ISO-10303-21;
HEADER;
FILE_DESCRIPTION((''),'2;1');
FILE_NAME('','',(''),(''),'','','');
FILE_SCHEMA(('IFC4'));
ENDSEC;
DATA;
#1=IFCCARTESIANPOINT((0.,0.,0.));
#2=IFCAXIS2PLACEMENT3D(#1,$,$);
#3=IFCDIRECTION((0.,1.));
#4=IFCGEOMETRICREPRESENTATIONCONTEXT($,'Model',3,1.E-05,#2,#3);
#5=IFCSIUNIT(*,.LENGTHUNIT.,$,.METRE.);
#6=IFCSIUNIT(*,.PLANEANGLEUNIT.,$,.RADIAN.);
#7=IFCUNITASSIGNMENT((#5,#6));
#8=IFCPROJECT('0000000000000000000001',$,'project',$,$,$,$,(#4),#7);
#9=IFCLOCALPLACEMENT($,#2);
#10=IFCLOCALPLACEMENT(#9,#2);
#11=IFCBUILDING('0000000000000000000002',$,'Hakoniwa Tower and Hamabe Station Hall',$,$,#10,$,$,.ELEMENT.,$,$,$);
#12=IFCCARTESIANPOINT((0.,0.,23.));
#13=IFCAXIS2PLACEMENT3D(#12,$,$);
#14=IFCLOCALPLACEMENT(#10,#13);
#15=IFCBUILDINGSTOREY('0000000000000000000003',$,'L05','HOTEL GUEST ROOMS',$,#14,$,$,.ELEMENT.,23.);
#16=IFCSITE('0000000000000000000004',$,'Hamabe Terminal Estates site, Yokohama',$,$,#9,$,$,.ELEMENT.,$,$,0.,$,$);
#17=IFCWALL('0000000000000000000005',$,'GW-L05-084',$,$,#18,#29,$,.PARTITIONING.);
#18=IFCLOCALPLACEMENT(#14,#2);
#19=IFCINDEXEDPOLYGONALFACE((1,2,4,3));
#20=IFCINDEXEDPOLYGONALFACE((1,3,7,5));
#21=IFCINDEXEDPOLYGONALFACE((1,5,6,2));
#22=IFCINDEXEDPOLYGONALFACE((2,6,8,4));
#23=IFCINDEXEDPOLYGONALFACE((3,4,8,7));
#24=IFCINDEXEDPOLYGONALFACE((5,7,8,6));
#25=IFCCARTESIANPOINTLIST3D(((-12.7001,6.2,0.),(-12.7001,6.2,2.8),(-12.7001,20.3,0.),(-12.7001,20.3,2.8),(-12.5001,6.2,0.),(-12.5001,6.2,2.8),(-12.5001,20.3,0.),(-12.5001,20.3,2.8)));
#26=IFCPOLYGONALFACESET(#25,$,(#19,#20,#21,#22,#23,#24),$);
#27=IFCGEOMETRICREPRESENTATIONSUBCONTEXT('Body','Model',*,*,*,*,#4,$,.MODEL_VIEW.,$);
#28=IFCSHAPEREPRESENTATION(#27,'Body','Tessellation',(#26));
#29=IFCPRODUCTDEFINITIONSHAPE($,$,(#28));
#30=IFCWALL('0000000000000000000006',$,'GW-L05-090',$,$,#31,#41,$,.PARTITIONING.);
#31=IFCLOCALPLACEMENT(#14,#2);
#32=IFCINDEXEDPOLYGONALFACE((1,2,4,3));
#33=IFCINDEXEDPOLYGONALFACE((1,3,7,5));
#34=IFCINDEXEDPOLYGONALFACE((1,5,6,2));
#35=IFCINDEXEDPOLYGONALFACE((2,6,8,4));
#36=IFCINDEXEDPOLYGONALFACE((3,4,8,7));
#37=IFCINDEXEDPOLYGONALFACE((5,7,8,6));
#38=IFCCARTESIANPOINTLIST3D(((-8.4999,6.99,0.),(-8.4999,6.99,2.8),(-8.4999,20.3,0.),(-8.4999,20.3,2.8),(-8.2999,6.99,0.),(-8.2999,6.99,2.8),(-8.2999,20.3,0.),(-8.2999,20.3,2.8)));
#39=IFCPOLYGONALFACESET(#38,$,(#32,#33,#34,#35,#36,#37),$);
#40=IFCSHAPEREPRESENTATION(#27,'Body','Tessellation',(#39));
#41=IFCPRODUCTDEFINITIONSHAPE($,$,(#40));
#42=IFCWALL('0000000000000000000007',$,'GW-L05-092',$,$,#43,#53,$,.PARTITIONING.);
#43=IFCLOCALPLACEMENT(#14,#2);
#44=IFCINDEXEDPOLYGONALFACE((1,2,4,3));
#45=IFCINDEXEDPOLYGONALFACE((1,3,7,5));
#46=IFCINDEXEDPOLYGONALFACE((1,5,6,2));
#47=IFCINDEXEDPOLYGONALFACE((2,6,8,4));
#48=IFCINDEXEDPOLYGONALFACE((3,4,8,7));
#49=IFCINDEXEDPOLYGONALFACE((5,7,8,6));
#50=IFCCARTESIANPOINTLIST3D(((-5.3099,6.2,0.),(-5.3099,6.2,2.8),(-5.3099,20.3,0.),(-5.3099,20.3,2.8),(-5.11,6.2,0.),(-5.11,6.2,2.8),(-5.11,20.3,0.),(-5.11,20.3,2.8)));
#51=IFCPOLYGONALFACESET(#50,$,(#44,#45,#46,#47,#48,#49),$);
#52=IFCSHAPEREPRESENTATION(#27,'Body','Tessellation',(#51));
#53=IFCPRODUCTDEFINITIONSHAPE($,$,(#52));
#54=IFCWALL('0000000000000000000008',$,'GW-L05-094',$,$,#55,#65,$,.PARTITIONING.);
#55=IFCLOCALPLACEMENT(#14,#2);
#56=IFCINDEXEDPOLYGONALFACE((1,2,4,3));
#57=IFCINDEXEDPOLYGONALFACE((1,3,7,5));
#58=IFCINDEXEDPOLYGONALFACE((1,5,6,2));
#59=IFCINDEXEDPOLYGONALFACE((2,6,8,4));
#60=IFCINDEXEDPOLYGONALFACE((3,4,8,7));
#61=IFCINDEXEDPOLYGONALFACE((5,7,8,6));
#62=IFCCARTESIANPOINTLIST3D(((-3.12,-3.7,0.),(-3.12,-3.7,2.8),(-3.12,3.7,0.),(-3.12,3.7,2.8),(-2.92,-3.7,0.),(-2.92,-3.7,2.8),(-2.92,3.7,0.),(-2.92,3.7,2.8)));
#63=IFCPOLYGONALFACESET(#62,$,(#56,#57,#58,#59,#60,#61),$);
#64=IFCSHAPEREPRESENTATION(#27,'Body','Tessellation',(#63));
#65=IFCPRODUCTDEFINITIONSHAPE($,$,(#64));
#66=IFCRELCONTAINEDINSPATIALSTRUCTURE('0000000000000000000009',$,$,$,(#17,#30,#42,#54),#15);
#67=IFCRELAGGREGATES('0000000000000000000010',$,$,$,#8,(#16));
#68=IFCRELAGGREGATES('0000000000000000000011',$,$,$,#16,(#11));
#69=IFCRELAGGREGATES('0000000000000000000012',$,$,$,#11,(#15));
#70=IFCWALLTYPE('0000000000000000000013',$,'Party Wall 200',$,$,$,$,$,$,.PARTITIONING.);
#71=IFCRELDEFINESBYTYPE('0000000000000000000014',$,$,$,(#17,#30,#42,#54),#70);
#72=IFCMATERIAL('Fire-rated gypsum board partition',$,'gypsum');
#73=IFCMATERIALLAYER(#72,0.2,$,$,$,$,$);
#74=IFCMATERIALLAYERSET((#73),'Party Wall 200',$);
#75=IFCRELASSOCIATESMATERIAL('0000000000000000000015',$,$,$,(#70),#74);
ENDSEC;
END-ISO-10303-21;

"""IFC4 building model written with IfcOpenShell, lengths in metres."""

from ifc_helpers import new_model, si_unit, direction, frame, frame_2d, origin, place, context, subcontext, project, spatial, rectangle, extrude, material, layer, layer_set, type_object, element, save


model = new_model("IFC4")

# Units and contexts
model_context = context("Model", 3, precision=1e-05, world=origin(), true_north=direction((0.0, 1.0)))
body_context = subcontext(model_context, "Body", "Model", "MODEL_VIEW")
ifc_project = project(units=[si_unit("LENGTHUNIT", "METRE"), si_unit("PLANEANGLEUNIT", "RADIAN")], contexts=[model_context])

# Site, building, storey
site_placement = place(None, origin())
site = spatial("IfcSite", under=ifc_project, at=site_placement, Name="Hamabe Terminal Estates site, Yokohama", CompositionType="ELEMENT", RefElevation=0.0)
building_placement = place(site_placement, origin())
building = spatial("IfcBuilding", under=site, at=building_placement, Name="Hakoniwa Tower and Hamabe Station Hall", CompositionType="ELEMENT")
storey_placement = place(building_placement, frame((0.0, 0.0, 23.0)))
storey = spatial("IfcBuildingStorey", under=building, at=storey_placement, Name="L05", Description="HOTEL GUEST ROOMS", CompositionType="ELEMENT", Elevation=23.0)

# Walls
ifc_material_1 = material(Name="Fire-rated gypsum board partition", Category="gypsum")
ifc_layer_1 = layer(ifc_material_1, 0.2)
ifc_layer_set_1 = layer_set([ifc_layer_1], Name="Party Wall 200")
wall_type_1 = type_object("IfcWallType", Name="Party Wall 200", PredefinedType="PARTITIONING", material=ifc_layer_set_1)
wall_1_placement = place(storey_placement, frame((-12.6001, 6.2, 0.0), z_axis=(0.0, 0.0, 1.0), x_axis=(0.0, 1.0, 0.0)))
element("IfcWall", 1, at=wall_1_placement, inside=storey, type_object=wall_type_1, Name="GW-L05-084", PredefinedType="PARTITIONING", context=body_context, shape_type="SweptSolid", body=[
    extrude(rectangle(XDim=14.1001, YDim=0.2, at=frame_2d((7.05, 0.0))), origin(), (0.0, 0.0, 1.0), 2.8),
])
wall_2_placement = place(storey_placement, frame((-8.3999, 6.99, 0.0), z_axis=(0.0, 0.0, 1.0), x_axis=(0.0, 1.0, 0.0)))
element("IfcWall", 2, at=wall_2_placement, inside=storey, type_object=wall_type_1, Name="GW-L05-090", PredefinedType="PARTITIONING", context=body_context, shape_type="SweptSolid", body=[
    extrude(rectangle(XDim=13.3101, YDim=0.2, at=frame_2d((6.655, 0.0))), origin(), (0.0, 0.0, 1.0), 2.8),
])
wall_3_placement = place(storey_placement, frame((-5.21, 6.2, 0.0), z_axis=(0.0, 0.0, 1.0), x_axis=(0.0, 1.0, 0.0)))
element("IfcWall", 3, at=wall_3_placement, inside=storey, type_object=wall_type_1, Name="GW-L05-092", PredefinedType="PARTITIONING", context=body_context, shape_type="SweptSolid", body=[
    extrude(rectangle(XDim=14.1001, YDim=0.2, at=frame_2d((7.05, 0.0))), origin(), (0.0, 0.0, 1.0), 2.8),
])
wall_4_placement = place(storey_placement, frame((-3.02, -3.7, 0.0), z_axis=(0.0, 0.0, 1.0), x_axis=(0.0, 1.0, 0.0)))
element("IfcWall", 4, at=wall_4_placement, inside=storey, type_object=wall_type_1, Name="GW-L05-094", PredefinedType="PARTITIONING", context=body_context, shape_type="SweptSolid", body=[
    extrude(rectangle(XDim=7.3999, YDim=0.2, at=frame_2d((3.7, 0.0))), origin(), (0.0, 0.0, 1.0), 2.8),
])

save(model, "model.ifc")
